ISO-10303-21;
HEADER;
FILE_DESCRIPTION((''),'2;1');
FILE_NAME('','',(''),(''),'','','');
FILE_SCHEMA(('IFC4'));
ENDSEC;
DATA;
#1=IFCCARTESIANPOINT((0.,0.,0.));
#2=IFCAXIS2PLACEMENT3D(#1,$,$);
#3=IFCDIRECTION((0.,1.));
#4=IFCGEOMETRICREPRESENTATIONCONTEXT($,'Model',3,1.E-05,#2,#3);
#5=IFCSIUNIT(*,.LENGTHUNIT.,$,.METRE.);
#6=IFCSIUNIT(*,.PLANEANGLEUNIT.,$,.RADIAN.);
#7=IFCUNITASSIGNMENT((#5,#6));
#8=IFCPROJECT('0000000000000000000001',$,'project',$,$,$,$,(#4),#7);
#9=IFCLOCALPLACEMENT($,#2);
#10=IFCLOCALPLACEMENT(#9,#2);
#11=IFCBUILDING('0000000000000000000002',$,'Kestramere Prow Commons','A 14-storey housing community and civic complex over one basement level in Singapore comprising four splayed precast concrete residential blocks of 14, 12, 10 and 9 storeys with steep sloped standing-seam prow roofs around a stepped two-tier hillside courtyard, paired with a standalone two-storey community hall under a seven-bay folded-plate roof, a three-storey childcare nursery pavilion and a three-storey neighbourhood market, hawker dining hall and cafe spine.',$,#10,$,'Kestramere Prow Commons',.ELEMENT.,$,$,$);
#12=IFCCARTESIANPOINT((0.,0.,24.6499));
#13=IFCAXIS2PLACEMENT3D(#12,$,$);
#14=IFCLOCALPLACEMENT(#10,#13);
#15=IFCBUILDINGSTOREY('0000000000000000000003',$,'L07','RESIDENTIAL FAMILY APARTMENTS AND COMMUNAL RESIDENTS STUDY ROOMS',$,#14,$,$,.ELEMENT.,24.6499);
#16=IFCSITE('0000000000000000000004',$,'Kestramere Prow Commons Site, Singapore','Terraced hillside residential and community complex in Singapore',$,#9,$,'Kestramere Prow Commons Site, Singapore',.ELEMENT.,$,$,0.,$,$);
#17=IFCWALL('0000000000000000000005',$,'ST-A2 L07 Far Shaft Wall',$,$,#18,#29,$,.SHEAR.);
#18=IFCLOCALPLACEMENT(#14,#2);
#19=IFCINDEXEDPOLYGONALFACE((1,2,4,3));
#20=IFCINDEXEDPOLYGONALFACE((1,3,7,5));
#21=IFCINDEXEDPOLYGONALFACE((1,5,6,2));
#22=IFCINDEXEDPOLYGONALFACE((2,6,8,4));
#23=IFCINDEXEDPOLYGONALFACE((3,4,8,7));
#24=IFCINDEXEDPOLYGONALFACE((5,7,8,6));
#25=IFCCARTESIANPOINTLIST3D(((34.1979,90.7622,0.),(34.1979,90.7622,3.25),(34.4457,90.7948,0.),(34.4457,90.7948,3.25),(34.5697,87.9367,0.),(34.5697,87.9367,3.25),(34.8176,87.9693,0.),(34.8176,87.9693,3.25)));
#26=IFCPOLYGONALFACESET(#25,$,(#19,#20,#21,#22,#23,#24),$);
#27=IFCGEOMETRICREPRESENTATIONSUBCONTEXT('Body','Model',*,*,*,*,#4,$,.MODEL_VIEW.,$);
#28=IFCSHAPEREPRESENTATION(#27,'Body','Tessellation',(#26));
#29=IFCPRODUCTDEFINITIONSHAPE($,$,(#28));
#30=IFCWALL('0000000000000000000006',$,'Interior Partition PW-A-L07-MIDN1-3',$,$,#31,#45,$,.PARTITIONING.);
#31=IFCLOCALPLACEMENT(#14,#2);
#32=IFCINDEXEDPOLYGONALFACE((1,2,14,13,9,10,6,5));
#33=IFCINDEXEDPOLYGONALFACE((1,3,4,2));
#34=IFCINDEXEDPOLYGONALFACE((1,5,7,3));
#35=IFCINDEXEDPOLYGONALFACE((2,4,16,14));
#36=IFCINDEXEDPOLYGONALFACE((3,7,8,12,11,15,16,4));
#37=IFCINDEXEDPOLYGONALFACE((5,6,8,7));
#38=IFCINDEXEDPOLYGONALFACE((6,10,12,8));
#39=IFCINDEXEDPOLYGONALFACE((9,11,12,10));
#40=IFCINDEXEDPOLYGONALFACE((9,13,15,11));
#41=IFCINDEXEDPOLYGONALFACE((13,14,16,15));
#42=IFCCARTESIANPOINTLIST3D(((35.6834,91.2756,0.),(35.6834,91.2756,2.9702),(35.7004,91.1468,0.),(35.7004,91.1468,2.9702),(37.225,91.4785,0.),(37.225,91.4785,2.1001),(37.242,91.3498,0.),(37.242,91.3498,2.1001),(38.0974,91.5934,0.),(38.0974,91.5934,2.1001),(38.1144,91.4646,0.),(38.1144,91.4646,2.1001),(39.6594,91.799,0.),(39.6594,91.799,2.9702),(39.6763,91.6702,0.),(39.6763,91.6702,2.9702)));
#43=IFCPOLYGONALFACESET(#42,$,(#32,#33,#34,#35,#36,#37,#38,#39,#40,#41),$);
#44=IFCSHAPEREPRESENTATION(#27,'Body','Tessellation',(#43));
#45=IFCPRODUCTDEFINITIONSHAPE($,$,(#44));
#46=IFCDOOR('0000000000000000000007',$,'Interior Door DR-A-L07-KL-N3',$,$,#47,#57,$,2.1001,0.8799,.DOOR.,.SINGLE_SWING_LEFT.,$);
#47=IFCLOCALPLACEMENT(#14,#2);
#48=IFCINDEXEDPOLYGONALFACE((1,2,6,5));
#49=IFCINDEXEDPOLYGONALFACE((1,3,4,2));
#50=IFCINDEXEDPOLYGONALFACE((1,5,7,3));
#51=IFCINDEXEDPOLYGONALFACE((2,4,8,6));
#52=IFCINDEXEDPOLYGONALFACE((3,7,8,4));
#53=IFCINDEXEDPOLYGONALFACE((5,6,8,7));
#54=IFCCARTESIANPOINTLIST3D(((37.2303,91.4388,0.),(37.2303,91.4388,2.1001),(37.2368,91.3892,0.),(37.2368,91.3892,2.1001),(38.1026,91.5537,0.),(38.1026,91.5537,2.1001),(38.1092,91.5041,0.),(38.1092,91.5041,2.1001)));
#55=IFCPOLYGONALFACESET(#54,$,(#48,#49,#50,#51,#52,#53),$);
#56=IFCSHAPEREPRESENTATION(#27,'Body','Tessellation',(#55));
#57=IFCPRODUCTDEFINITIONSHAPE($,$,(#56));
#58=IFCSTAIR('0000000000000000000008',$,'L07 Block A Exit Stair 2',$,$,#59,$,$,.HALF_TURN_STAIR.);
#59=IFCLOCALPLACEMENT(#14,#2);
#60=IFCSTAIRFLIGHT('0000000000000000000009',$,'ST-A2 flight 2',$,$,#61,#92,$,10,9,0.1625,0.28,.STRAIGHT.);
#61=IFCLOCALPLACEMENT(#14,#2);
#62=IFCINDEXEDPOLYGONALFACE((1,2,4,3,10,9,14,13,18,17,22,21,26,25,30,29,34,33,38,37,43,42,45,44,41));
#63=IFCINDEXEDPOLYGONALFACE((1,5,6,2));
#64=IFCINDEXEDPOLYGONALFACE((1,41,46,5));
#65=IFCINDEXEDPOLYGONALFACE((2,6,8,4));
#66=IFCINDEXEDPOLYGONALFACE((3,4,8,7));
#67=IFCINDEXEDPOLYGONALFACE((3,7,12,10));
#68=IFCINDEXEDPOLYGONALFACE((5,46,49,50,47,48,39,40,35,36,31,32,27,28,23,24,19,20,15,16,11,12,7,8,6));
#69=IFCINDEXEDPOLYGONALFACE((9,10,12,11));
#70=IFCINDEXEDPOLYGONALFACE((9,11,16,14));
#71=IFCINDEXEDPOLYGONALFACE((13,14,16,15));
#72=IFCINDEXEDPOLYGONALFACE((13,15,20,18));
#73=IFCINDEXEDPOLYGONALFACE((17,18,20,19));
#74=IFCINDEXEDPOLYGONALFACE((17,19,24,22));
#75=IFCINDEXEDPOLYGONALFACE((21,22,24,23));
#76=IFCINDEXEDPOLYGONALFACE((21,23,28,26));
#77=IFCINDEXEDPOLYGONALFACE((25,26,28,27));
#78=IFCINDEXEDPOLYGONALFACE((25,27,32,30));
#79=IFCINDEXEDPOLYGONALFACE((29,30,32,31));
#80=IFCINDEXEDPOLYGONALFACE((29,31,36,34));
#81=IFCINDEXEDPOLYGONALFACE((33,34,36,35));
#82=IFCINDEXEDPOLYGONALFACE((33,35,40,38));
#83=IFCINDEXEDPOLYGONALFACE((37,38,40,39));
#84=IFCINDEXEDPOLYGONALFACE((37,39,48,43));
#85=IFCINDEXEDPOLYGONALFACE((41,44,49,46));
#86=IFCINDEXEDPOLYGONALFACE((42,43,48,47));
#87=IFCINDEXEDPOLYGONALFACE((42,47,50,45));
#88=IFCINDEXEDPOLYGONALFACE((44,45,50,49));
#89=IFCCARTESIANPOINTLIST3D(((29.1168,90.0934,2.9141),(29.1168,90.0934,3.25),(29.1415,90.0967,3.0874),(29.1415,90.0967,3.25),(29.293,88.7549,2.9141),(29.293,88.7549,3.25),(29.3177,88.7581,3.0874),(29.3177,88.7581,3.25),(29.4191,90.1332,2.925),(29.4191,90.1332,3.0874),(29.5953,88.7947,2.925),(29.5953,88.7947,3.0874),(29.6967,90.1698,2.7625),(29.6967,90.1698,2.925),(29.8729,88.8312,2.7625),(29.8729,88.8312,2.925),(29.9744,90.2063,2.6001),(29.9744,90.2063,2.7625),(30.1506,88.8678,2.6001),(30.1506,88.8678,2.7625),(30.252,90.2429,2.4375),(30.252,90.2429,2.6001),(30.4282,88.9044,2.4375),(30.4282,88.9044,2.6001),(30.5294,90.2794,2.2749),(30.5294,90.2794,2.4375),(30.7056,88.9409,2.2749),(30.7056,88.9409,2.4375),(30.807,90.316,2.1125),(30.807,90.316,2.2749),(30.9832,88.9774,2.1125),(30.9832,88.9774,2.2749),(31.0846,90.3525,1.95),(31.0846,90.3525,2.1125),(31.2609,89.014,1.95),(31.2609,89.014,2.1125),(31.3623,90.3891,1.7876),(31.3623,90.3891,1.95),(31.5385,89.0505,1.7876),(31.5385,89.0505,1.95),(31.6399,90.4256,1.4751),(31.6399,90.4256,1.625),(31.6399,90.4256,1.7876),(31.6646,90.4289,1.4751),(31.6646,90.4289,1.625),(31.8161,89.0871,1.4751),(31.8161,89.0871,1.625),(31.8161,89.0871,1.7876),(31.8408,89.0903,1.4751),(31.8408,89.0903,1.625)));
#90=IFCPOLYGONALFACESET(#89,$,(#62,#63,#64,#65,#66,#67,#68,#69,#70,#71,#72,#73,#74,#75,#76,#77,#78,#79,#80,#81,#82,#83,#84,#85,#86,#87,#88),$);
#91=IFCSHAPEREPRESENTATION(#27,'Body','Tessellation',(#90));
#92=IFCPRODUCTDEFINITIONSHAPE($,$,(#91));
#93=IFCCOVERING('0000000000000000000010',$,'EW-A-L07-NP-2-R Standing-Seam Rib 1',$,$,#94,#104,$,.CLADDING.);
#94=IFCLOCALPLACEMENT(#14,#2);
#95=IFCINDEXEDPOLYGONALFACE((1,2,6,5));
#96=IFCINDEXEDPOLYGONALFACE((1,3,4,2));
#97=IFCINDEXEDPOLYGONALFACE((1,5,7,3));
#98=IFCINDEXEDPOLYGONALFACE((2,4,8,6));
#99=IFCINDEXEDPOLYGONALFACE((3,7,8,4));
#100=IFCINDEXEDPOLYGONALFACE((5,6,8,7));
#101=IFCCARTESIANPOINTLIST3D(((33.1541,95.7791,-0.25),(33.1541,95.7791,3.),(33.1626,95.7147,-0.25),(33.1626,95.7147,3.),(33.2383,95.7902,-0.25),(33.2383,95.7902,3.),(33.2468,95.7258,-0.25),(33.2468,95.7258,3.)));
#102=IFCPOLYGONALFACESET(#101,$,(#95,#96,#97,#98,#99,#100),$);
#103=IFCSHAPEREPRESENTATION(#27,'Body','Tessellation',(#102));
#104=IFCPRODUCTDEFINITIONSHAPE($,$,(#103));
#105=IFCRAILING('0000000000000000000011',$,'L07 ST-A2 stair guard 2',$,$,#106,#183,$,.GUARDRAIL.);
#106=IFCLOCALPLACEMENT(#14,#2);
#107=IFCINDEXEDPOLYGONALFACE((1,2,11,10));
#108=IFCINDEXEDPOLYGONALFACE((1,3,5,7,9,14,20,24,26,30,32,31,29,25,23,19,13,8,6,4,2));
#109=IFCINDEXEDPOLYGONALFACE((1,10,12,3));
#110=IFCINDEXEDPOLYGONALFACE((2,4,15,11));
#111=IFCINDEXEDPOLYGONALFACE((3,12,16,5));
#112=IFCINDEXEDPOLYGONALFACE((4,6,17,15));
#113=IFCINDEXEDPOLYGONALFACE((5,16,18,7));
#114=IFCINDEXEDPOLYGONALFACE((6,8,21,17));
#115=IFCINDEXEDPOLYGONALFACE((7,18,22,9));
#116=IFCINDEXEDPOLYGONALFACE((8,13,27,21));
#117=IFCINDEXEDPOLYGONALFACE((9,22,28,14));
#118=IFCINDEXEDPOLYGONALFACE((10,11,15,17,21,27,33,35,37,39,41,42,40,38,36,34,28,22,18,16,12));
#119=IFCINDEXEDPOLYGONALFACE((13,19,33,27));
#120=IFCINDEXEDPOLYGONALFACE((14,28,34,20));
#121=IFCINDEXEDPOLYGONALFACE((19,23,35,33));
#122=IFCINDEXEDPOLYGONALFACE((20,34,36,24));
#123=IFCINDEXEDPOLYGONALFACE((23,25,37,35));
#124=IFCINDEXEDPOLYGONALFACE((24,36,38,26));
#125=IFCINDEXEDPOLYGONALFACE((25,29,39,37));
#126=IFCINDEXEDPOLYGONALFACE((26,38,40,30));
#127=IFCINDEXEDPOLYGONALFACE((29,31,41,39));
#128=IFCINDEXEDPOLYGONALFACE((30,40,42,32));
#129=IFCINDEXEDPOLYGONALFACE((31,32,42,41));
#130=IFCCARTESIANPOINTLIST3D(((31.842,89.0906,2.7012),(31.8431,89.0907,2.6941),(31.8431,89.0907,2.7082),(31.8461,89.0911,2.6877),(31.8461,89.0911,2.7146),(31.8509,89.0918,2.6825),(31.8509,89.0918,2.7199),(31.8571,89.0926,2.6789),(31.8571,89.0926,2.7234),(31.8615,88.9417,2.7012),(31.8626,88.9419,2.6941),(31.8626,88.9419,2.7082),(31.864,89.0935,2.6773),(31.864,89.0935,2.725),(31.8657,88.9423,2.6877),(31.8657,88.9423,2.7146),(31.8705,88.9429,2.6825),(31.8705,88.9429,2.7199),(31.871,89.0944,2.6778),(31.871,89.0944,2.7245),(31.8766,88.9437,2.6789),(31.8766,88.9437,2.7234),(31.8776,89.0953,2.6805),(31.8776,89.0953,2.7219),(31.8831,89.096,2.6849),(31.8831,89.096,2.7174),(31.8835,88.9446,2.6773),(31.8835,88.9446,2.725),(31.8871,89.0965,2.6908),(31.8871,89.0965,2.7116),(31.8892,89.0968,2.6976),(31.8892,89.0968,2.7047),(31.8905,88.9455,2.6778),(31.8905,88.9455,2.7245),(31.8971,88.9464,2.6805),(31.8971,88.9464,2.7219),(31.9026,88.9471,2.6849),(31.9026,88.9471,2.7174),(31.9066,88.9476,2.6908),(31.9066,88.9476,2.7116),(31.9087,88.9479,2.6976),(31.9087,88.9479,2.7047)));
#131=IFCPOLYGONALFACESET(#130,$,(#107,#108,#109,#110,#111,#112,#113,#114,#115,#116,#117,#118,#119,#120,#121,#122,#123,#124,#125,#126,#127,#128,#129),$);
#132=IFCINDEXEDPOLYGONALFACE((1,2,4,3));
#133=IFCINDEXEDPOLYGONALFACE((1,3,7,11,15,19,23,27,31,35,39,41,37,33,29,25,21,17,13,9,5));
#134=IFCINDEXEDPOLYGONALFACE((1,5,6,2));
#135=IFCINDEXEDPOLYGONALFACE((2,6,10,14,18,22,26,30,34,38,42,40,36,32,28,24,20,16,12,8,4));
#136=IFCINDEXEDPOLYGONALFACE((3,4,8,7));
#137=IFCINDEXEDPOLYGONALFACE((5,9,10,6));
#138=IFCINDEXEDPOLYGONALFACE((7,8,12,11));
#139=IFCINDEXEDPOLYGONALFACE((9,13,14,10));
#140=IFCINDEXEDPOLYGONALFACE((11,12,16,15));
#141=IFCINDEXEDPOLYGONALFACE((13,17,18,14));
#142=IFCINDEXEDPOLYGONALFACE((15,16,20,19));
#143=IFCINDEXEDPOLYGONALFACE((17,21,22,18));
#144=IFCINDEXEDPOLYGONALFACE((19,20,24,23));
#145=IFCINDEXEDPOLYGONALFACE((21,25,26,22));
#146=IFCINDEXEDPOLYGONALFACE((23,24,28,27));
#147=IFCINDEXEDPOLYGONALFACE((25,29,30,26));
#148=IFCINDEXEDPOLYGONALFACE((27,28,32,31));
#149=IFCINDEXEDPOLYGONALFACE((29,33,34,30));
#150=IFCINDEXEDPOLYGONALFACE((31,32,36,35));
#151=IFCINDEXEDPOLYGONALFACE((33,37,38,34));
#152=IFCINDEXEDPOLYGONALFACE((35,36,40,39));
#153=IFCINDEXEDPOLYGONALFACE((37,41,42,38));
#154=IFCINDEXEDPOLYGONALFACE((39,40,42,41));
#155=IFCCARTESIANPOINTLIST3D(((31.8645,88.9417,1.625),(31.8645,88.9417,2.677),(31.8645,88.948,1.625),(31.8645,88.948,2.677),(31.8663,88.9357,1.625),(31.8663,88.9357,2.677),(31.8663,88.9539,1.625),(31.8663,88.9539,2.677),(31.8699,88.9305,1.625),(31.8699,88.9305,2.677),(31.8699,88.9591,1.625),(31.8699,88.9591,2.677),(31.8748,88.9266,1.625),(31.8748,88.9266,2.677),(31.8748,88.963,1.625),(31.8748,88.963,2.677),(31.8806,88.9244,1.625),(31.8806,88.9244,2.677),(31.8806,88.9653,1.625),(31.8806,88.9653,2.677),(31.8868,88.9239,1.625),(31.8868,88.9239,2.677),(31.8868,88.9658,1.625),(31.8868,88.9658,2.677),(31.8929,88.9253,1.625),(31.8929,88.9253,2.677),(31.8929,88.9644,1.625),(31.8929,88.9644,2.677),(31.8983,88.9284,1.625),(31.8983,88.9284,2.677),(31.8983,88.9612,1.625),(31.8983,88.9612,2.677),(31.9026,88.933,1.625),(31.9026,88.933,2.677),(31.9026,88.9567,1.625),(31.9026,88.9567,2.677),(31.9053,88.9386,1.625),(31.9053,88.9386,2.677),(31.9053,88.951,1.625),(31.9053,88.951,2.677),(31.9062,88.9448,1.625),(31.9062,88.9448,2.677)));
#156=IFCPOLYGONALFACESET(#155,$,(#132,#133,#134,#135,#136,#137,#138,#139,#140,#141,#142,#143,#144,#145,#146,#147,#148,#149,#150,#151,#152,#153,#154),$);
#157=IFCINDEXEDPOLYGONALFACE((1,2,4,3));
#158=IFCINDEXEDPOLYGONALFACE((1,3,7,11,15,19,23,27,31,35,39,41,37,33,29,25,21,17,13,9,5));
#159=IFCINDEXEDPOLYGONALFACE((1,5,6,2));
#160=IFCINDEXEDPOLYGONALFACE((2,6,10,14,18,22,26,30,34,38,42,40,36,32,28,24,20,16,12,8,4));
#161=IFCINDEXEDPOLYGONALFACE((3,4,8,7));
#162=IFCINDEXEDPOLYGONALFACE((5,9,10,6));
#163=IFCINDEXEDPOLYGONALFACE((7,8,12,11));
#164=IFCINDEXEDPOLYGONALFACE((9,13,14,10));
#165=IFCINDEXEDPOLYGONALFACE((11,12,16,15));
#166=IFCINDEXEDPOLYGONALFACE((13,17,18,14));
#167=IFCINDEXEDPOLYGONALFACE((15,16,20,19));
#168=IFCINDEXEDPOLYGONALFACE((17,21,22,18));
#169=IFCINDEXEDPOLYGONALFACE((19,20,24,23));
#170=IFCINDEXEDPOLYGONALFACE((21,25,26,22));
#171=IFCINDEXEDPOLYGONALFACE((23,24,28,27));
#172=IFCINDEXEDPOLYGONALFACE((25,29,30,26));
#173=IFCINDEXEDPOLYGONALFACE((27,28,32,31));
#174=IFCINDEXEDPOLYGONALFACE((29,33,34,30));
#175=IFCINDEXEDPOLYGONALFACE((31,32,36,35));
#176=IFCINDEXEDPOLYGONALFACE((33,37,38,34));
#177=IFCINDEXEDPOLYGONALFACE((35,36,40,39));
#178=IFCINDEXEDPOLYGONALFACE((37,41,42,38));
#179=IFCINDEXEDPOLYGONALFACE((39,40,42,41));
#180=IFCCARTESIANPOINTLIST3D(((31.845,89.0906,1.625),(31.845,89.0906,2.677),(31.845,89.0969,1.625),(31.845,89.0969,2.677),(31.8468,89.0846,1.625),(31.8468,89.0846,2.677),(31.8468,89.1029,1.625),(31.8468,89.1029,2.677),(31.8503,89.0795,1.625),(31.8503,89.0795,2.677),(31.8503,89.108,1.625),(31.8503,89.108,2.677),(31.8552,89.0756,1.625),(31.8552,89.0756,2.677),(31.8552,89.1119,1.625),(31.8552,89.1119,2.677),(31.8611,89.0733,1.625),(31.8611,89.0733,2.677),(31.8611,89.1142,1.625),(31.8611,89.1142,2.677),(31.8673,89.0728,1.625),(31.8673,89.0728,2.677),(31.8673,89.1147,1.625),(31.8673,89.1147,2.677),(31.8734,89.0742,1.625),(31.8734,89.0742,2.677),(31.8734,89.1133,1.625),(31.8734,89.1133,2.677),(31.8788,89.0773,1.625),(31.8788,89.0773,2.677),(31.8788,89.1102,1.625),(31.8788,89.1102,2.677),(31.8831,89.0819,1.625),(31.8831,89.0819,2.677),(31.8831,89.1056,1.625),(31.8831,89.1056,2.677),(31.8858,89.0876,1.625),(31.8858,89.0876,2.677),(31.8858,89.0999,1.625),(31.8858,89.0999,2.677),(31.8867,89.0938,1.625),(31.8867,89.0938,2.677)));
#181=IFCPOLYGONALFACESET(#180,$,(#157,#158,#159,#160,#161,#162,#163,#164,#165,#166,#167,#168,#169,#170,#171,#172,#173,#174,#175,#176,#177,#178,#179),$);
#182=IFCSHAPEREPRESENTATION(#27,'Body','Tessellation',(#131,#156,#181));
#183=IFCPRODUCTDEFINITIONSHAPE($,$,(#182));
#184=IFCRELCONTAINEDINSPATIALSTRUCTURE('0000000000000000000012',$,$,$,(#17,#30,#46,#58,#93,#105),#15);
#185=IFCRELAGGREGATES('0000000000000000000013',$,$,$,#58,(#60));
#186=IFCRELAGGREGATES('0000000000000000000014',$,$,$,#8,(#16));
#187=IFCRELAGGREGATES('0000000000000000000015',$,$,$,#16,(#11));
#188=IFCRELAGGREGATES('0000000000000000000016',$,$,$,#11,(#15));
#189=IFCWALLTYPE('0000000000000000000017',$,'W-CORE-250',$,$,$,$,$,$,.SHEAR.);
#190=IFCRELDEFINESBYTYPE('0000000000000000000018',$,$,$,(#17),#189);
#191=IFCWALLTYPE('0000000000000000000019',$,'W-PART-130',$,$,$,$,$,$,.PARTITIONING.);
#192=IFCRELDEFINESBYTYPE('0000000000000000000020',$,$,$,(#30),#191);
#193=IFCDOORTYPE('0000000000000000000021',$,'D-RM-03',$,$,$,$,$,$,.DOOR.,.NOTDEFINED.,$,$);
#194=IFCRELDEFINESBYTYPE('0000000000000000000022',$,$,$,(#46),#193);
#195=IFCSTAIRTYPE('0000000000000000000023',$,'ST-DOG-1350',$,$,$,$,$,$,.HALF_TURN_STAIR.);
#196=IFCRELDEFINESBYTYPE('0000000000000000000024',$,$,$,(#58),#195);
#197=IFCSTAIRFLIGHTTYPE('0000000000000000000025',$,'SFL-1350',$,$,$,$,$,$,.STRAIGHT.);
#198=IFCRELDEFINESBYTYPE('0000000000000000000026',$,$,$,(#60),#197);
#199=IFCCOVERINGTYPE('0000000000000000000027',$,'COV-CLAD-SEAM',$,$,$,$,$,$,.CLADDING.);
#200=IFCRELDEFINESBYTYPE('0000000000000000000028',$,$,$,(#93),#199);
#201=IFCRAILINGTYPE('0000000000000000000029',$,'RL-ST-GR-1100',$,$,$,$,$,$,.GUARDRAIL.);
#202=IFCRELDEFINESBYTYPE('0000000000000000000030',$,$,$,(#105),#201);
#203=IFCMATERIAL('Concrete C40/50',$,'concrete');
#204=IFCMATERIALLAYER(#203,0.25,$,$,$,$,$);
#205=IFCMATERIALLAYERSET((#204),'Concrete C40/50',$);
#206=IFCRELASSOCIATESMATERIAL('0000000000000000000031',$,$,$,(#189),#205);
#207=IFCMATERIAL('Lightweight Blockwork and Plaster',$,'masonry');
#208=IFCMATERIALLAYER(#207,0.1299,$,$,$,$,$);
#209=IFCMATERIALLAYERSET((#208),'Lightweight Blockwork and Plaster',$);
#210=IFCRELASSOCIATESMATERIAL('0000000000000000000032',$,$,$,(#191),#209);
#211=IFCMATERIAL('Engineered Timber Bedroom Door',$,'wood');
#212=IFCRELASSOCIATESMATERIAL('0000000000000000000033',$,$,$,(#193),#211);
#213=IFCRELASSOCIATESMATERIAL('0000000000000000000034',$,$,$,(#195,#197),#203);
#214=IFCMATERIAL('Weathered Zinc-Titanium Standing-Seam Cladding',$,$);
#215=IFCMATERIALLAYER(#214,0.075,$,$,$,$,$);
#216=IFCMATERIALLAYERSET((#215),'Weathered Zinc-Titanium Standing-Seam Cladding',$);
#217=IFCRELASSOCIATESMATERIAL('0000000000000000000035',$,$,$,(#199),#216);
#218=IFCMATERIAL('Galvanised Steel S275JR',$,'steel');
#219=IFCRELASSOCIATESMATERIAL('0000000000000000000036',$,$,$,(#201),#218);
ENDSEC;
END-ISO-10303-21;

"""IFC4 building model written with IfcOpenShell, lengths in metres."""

from ifc_helpers import new_model, si_unit, direction, frame, frame_2d, origin, origin_2d, place, context, subcontext, project, spatial, polyline, rectangle, circle, outline, extrude, material, layer, layer_set, type_object, element, fill, aggregate, save


model = new_model("IFC4")

# Units and contexts
model_context = context("Model", 3, precision=1e-05, world=origin(), true_north=direction((0.0, 1.0)))
body_context = subcontext(model_context, "Body", "Model", "MODEL_VIEW")
ifc_project = project(units=[si_unit("LENGTHUNIT", "METRE"), si_unit("PLANEANGLEUNIT", "RADIAN")], contexts=[model_context])

# Site, building, storey
site_placement = place(None, origin())
site = spatial("IfcSite", under=ifc_project, at=site_placement, Name="Kestramere Prow Commons Site, Singapore", Description="Terraced hillside residential and community complex in Singapore", LongName="Kestramere Prow Commons Site, Singapore", CompositionType="ELEMENT", RefElevation=0.0)
building_placement = place(site_placement, origin())
building = spatial("IfcBuilding", under=site, at=building_placement, Name="Kestramere Prow Commons", Description="A 14-storey housing community and civic complex over one basement level in Singapore comprising four splayed precast concrete residential blocks of 14, 12, 10 and 9 storeys with steep sloped standing-seam prow roofs around a stepped two-tier hillside courtyard, paired with a standalone two-storey community hall under a seven-bay folded-plate roof, a three-storey childcare nursery pavilion and a three-storey neighbourhood market, hawker dining hall and cafe spine.", LongName="Kestramere Prow Commons", CompositionType="ELEMENT")
storey_placement = place(building_placement, frame((0.0, 0.0, 24.6499)))
storey = spatial("IfcBuildingStorey", under=building, at=storey_placement, Name="L07", Description="RESIDENTIAL FAMILY APARTMENTS AND COMMUNAL RESIDENTS STUDY ROOMS", CompositionType="ELEMENT", Elevation=24.6499)

# Shared definitions
ifc_material_1 = material(Name="Concrete C40/50", Category="concrete")

# Wall
ifc_layer_1 = layer(ifc_material_1, 0.25)
ifc_layer_set_1 = layer_set([ifc_layer_1], Name="Concrete C40/50")
wall_type_1 = type_object("IfcWallType", Name="W-CORE-250", PredefinedType="SHEAR", material=ifc_layer_set_1)
wall_1_placement = place(storey_placement, frame((34.6936, 87.9531, 0.0), z_axis=(0.0, 0.0, 1.0), x_axis=(-0.130474, 0.991452, 0.0)))
element("IfcWall", 1, at=wall_1_placement, inside=storey, type_object=wall_type_1, Name="ST-A2 L07 Far Shaft Wall", PredefinedType="SHEAR", context=body_context, shape_type="SweptSolid", body=[
    extrude(rectangle(XDim=2.8499, YDim=0.25, at=frame_2d((1.4248, 0.0))), origin(), (0.0, 0.0, 1.0), 3.25),
])

# Wall, opening, door
ifc_material_2 = material(Name="Lightweight Blockwork and Plaster", Category="masonry")
ifc_layer_2 = layer(ifc_material_2, 0.1299)
ifc_layer_set_2 = layer_set([ifc_layer_2], Name="Lightweight Blockwork and Plaster")
wall_type_2 = type_object("IfcWallType", Name="W-PART-130", PredefinedType="PARTITIONING", material=ifc_layer_set_2)
wall_2_placement = place(storey_placement, frame((35.6919, 91.2112, 0.0), z_axis=(0.0, 0.0, 1.0), x_axis=(0.991445, 0.130529, 0.0)))
wall_2 = element("IfcWall", 2, at=wall_2_placement, inside=storey, type_object=wall_type_2, Name="Interior Partition PW-A-L07-MIDN1-3", PredefinedType="PARTITIONING", context=body_context, shape_type="SweptSolid", body=[
    extrude(rectangle(XDim=4.0103, YDim=0.1299, at=frame_2d((2.0051, 0.0))), origin(), (0.0, 0.0, 1.0), 2.9702),
])
opening_1_placement = place(wall_2_placement, frame((1.5549, 0.0, 0.0)))
opening_1 = element("IfcOpeningElement", 3, at=opening_1_placement, cuts=wall_2, PredefinedType="OPENING", context=body_context, shape_type="SweptSolid", body=[
    extrude(rectangle(XDim=0.8799, YDim=2.1001, at=frame_2d((0.4399, 1.05))), frame((0.0, 0.0798, 0.0), z_axis=(0.0, -1.0, 0.0), x_axis=(1.0, 0.0, 0.0)), (0.0, 0.0, 1.0), 0.1599),
])
ifc_material_3 = material(Name="Engineered Timber Bedroom Door", Category="wood")
door_type = type_object("IfcDoorType", Name="D-RM-03", OperationType="NOTDEFINED", PredefinedType="DOOR", material=ifc_material_3)
door_placement = place(opening_1_placement, origin())
door = element("IfcDoor", 4, at=door_placement, inside=storey, type_object=door_type, Name="Interior Door DR-A-L07-KL-N3", OperationType="SINGLE_SWING_LEFT", OverallHeight=2.1001, OverallWidth=0.8799, PredefinedType="DOOR", context=body_context, shape_type="SweptSolid", body=[
    extrude(rectangle(XDim=0.8799, YDim=2.1001, at=frame_2d((0.4399, 1.05))), frame((0.0, 0.0249, 0.0), z_axis=(0.0, -1.0, 0.0), x_axis=(1.0, 0.0, 0.0)), (0.0, 0.0, 1.0), 0.05),
])
fill(opening_1, door)

# Stair, stair flight
stair_type = type_object("IfcStairType", Name="ST-DOG-1350", PredefinedType="HALF_TURN_STAIR", material=ifc_material_1)
stair_placement = place(storey_placement, origin())
stair = element("IfcStair", 5, at=stair_placement, inside=storey, type_object=stair_type, Name="L07 Block A Exit Stair 2", PredefinedType="HALF_TURN_STAIR")
stair_flight_type = type_object("IfcStairFlightType", Name="SFL-1350", PredefinedType="STRAIGHT", material=ifc_material_1)
stair_flight_placement = place(storey_placement, frame((31.728, 89.7563, 1.625), z_axis=(0.0, 0.0, 1.0), x_axis=(-0.991445, -0.130526, 0.0)))
stair_flight = element("IfcStairFlight", 6, at=stair_flight_placement, type_object=stair_flight_type, Name="ST-A2 flight 2", NumberOfRisers=10, NumberOfTreads=9, PredefinedType="STRAIGHT", RiserHeight=0.1625, TreadLength=0.28, context=body_context, shape_type="SweptSolid", body=[
    extrude(outline(polyline([(-0.0249, 0.0), (0.0, 0.0), (0.0, 0.1626), (0.28, 0.1626), (0.28, 0.325), (0.5601, 0.325), (0.5601, 0.4875), (0.8401, 0.4875), (0.8401, 0.6499), (1.1201, 0.6499), (1.1201, 0.8125), (1.3999, 0.8125), (1.3999, 0.9751), (1.6799, 0.9751), (1.6799, 1.1375), (1.96, 1.1375), (1.96, 1.3), (2.24, 1.3), (2.24, 1.4624), (2.52, 1.4624), (2.52, 1.625), (2.5449, 1.625), (2.5449, 1.2891), (0.0, -0.1499), (-0.0249, -0.1499), (-0.0249, 0.0)])), frame((0.0, 0.675, 0.0), z_axis=(0.0, -1.0, 0.0), x_axis=(1.0, 0.0, 0.0)), (0.0, 0.0, 1.0), 1.3501),
])
aggregate(stair, [stair_flight])

# Covering
ifc_material_4 = material(Name="Weathered Zinc-Titanium Standing-Seam Cladding")
ifc_layer_3 = layer(ifc_material_4, 0.075)
ifc_layer_set_3 = layer_set([ifc_layer_3], Name="Weathered Zinc-Titanium Standing-Seam Cladding")
covering_type = type_object("IfcCoveringType", Name="COV-CLAD-SEAM", PredefinedType="CLADDING", material=ifc_layer_set_3)
covering_placement = place(storey_placement, frame((33.2004, 95.7524, -0.25), z_axis=(0.0, 0.0, 1.0), x_axis=(0.991445, 0.130526, 0.0)))
element("IfcCovering", 7, at=covering_placement, inside=storey, type_object=covering_type, Name="EW-A-L07-NP-2-R Standing-Seam Rib 1", PredefinedType="CLADDING", context=body_context, shape_type="SweptSolid", body=[
    extrude(rectangle(XDim=0.085, YDim=0.0649, at=origin_2d()), origin(), (0.0, 0.0, 1.0), 3.25),
])

# Railing
ifc_material_5 = material(Name="Galvanised Steel S275JR", Category="steel")
railing_type_1 = type_object("IfcRailingType", Name="RL-ST-GR-1100", PredefinedType="GUARDRAIL", material=ifc_material_5)
railing_1_placement = place(storey_placement, frame((31.8853, 88.9448, 1.625)))
element("IfcRailing", 8, at=railing_1_placement, inside=storey, type_object=railing_type_1, Name="L07 ST-A2 stair guard 2", PredefinedType="GUARDRAIL", context=body_context, shape_type="SweptSolid", body=[
    extrude(circle(Radius=0.0239, at=origin_2d()), frame((0.0, 0.0, 1.0762), z_axis=(-0.130034, 0.99151, 0.0), x_axis=(-0.99151, -0.130034, 0.0)), (0.0, 0.0, 1.0), 0.1501),
    extrude(circle(Radius=0.021, at=origin_2d()), origin(), (0.0, 0.0, 1.0), 1.052),
    extrude(circle(Radius=0.021, at=origin_2d()), frame((-0.0195, 0.1489, 0.0)), (0.0, 0.0, 1.0), 1.052),
])

save(model, "model.ifc")
